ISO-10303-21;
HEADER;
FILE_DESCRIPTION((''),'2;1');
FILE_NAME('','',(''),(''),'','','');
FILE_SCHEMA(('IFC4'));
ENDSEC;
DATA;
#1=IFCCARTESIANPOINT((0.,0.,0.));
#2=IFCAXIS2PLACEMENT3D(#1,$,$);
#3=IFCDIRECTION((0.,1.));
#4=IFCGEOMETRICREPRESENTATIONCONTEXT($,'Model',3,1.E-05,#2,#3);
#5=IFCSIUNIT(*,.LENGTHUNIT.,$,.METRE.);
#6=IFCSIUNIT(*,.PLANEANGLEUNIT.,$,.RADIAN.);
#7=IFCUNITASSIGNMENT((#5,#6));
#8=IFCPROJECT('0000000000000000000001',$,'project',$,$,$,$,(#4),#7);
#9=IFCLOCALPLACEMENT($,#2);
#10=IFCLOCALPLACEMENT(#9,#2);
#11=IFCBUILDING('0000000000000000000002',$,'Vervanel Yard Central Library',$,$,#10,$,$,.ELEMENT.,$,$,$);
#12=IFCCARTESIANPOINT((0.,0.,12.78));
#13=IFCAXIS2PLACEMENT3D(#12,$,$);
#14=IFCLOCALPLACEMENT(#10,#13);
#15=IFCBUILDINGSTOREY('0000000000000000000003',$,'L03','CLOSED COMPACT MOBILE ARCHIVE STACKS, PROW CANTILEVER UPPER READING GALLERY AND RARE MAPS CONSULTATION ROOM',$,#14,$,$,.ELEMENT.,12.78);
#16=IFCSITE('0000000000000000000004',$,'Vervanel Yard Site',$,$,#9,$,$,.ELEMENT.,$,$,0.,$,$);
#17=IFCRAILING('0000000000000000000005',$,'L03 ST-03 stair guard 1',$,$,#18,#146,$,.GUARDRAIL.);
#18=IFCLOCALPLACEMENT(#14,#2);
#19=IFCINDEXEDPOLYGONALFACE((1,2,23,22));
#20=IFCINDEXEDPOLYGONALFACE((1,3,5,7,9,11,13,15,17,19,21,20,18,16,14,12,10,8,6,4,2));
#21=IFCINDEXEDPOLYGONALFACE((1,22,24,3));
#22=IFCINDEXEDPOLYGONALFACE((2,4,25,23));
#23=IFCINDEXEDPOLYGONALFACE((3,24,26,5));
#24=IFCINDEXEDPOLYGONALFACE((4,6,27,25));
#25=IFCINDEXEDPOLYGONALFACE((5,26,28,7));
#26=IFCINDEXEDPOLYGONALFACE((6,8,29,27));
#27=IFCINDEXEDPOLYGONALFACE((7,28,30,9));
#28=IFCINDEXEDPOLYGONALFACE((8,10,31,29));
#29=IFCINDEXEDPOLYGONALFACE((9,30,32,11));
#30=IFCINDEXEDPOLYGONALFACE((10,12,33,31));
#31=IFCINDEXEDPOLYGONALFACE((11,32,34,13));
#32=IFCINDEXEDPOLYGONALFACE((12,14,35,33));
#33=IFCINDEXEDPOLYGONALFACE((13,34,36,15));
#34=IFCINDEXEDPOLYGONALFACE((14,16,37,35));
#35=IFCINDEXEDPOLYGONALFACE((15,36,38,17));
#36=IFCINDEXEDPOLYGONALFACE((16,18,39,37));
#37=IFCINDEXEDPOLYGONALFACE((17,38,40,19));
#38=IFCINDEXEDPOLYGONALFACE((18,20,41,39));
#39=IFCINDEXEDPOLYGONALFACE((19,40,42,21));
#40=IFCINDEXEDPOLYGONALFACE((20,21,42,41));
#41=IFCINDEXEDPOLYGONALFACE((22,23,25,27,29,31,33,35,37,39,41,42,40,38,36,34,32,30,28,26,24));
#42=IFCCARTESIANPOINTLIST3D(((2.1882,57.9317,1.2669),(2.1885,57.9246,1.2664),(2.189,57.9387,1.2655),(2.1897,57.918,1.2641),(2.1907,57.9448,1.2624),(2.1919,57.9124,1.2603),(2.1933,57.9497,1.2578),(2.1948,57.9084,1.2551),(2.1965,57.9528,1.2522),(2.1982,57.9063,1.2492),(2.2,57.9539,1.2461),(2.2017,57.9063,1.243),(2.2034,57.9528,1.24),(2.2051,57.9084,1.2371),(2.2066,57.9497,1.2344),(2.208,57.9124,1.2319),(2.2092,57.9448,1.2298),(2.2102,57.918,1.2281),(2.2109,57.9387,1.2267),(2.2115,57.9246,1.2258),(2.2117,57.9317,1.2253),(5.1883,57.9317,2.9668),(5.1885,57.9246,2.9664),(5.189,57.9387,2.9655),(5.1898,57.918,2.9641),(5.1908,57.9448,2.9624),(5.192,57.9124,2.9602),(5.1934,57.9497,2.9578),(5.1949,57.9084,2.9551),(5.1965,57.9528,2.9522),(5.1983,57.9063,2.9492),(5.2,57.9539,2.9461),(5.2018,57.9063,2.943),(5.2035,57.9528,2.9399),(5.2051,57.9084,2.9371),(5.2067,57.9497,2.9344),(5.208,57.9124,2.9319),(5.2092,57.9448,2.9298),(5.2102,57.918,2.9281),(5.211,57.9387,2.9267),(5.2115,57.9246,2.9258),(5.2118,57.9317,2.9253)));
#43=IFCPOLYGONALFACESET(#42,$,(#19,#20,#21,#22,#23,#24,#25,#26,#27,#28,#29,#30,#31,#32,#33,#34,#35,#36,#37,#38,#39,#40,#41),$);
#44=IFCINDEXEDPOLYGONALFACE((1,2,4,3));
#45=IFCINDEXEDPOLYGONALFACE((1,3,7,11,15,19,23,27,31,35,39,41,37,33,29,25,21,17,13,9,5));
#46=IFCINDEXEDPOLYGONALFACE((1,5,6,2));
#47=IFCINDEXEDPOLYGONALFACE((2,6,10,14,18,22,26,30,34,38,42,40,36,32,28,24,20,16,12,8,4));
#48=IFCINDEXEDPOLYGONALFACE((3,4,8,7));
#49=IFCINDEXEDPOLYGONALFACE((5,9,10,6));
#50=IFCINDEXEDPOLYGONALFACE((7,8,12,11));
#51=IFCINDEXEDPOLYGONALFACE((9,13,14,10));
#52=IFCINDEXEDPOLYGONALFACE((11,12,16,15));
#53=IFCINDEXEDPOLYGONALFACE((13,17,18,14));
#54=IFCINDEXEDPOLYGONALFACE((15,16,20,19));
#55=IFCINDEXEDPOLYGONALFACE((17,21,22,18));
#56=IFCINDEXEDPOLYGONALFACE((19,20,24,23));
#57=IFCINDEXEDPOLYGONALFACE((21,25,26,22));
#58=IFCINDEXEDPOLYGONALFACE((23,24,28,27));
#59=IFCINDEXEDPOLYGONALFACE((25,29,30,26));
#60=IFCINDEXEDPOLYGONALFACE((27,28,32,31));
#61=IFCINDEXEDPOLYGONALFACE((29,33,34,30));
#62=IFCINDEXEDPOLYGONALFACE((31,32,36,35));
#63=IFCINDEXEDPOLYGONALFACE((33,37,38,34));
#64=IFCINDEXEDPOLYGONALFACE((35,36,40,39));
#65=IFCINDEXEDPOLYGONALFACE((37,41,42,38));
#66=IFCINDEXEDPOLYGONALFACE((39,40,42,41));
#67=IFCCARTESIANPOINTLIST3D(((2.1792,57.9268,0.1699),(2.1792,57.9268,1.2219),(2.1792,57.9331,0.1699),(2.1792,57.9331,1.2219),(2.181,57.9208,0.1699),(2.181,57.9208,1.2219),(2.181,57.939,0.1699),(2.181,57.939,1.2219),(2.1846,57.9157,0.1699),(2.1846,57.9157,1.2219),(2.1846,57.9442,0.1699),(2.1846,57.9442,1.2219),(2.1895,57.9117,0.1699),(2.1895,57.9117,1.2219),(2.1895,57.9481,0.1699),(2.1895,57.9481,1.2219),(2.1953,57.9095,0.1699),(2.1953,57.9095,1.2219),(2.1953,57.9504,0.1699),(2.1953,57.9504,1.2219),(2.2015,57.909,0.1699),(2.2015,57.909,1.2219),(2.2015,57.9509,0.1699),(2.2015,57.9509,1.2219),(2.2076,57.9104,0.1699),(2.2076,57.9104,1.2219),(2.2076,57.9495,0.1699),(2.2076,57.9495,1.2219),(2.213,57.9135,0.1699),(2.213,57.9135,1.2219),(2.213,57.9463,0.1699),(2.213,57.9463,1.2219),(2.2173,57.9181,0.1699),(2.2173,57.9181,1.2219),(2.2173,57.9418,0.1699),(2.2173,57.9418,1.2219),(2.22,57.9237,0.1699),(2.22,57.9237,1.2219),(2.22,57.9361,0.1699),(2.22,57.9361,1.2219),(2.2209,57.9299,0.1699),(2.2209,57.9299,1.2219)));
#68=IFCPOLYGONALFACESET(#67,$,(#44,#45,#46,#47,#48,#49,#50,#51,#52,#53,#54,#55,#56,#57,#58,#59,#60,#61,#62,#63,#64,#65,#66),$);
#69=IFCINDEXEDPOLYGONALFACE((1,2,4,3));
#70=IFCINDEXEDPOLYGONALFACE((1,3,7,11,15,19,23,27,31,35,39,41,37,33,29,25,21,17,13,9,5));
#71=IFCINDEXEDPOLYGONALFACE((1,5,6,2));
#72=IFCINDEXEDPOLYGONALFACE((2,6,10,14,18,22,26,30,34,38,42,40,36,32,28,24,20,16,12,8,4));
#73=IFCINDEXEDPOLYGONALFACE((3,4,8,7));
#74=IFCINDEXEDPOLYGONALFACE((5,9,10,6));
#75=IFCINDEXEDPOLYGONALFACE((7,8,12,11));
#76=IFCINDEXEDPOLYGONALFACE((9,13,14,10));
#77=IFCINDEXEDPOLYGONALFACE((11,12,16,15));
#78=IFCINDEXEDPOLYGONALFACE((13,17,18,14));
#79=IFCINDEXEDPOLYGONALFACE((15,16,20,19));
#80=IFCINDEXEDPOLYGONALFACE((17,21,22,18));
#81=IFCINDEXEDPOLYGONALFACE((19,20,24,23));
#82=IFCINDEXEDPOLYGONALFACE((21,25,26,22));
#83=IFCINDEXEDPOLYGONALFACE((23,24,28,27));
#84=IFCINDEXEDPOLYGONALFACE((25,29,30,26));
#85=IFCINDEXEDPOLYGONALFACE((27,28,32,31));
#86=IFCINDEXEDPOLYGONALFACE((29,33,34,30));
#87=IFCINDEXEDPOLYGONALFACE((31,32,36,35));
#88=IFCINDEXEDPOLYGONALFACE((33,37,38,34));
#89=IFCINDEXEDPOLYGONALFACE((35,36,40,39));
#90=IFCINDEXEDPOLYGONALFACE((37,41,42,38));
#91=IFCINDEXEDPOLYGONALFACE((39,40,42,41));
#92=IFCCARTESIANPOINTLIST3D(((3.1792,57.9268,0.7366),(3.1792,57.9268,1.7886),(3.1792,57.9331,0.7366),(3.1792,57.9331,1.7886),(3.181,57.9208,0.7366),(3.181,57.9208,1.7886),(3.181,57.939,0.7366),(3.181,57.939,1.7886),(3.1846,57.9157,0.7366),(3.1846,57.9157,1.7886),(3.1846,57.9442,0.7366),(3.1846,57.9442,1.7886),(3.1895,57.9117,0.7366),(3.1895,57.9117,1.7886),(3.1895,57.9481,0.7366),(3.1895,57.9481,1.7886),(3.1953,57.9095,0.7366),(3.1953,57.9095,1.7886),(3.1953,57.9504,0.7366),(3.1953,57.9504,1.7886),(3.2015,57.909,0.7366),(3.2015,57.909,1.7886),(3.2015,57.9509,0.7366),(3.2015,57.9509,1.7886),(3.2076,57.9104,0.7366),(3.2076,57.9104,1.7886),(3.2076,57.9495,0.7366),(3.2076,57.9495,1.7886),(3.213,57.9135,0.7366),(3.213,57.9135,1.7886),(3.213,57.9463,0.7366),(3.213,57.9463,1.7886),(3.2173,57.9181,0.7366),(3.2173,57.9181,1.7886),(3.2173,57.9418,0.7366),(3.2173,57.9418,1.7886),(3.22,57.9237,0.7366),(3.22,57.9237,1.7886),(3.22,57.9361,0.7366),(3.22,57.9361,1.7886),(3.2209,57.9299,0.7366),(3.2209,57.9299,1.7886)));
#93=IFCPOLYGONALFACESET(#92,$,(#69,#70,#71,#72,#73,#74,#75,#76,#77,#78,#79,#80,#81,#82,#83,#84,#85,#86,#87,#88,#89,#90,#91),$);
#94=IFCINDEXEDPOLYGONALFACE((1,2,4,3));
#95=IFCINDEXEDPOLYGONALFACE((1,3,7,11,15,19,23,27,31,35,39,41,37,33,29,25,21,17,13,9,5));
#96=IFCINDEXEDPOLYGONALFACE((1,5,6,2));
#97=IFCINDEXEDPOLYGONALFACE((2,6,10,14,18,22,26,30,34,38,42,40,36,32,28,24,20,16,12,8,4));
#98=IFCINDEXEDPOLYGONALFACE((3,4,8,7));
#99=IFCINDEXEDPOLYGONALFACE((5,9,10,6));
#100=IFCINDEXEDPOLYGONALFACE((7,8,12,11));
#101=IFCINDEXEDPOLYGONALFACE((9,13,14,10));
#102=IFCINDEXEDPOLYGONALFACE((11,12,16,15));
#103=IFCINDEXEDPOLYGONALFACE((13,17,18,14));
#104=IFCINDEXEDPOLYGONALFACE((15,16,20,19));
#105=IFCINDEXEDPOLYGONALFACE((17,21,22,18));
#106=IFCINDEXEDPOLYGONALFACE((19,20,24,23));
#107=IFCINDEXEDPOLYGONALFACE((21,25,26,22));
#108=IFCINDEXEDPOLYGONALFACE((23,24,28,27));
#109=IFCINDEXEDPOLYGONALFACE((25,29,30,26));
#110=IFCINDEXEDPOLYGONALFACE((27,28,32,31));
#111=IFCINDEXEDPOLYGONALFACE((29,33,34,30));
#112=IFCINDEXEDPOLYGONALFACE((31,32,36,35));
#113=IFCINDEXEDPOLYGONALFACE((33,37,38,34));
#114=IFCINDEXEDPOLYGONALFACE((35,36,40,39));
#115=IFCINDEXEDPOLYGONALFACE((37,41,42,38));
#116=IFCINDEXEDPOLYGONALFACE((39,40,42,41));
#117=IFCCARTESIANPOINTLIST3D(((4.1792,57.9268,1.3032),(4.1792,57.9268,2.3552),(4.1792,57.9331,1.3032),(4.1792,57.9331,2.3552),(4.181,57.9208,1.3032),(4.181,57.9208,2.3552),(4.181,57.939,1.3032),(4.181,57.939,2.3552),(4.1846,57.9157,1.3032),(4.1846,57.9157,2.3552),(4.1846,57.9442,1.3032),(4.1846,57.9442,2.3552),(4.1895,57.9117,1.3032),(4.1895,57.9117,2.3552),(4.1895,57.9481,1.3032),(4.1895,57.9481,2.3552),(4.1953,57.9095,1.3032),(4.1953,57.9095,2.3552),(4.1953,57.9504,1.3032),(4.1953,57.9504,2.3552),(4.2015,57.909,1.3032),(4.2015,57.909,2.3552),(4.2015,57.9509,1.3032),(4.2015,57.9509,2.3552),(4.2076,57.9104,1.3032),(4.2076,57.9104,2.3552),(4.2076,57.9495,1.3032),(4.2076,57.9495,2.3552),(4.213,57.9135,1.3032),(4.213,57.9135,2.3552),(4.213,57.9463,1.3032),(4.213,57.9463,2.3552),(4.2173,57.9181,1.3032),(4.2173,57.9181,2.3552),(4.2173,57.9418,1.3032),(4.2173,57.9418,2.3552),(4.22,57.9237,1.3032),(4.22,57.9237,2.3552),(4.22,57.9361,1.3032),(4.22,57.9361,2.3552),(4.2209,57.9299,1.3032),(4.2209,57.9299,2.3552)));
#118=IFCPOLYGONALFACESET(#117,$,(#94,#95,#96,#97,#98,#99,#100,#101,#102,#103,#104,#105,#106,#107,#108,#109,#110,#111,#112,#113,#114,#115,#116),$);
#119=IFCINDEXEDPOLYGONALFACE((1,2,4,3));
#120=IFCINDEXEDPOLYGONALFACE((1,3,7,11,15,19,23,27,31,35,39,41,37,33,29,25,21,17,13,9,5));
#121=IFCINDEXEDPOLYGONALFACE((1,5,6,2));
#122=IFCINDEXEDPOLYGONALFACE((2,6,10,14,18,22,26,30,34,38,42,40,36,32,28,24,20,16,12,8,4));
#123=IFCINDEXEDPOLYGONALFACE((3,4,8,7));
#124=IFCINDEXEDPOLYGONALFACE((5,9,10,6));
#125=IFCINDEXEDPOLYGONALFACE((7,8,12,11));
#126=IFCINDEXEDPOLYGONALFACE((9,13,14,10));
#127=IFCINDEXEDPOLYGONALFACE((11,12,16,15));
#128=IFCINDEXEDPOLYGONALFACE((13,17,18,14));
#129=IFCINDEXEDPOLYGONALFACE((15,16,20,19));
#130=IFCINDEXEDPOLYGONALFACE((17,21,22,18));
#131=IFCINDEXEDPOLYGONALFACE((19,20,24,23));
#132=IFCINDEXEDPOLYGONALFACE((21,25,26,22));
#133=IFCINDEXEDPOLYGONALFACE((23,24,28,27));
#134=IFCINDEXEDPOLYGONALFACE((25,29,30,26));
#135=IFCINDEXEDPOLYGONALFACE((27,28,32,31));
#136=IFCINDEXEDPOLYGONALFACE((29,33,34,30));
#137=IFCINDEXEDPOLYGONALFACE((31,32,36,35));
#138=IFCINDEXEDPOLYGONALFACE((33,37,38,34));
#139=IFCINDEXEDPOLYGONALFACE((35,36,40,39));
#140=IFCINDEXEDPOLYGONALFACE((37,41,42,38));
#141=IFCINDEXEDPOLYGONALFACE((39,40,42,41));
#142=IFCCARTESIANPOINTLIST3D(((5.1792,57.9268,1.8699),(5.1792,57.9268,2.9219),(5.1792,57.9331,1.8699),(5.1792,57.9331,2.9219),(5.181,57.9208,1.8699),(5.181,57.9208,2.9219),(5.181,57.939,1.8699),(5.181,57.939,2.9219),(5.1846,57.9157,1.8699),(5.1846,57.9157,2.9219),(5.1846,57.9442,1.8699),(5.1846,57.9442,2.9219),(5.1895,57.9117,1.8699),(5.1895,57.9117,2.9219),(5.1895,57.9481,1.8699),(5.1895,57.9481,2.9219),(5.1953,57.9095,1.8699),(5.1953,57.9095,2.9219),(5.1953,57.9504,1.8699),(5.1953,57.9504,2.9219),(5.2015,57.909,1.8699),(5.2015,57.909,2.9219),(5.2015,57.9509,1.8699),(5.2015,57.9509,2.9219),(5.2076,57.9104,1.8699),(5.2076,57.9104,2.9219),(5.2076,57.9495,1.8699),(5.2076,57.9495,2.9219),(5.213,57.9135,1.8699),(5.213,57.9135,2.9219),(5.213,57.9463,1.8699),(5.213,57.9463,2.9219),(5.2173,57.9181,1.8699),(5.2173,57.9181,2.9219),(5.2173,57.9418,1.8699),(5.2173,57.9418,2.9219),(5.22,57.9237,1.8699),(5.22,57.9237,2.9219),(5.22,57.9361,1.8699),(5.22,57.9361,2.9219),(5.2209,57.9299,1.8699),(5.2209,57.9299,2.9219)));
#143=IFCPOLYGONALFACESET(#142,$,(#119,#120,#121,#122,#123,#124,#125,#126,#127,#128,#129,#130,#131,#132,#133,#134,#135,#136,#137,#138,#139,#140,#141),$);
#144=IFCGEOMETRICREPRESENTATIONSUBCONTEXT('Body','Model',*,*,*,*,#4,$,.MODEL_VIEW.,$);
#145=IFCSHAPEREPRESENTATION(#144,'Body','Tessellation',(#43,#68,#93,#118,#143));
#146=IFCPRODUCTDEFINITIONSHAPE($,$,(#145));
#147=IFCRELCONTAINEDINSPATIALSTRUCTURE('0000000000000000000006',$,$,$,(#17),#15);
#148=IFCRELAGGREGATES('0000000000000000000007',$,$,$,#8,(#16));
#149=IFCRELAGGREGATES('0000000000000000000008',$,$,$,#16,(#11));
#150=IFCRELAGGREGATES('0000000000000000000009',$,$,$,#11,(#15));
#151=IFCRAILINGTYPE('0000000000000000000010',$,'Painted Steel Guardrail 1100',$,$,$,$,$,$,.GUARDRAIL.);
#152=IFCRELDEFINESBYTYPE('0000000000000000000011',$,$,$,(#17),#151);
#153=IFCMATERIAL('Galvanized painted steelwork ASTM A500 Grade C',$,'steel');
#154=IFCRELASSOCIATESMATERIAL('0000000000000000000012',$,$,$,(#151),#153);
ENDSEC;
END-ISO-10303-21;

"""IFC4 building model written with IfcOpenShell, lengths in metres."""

from ifc_helpers import new_model, si_unit, direction, frame, origin, origin_2d, place, context, subcontext, project, spatial, circle, extrude, material, type_object, element, save


model = new_model("IFC4")

# Units and contexts
model_context = context("Model", 3, precision=1e-05, world=origin(), true_north=direction((0.0, 1.0)))
body_context = subcontext(model_context, "Body", "Model", "MODEL_VIEW")
ifc_project = project(units=[si_unit("LENGTHUNIT", "METRE"), si_unit("PLANEANGLEUNIT", "RADIAN")], contexts=[model_context])

# Site, building, storey
site_placement = place(None, origin())
site = spatial("IfcSite", under=ifc_project, at=site_placement, Name="Vervanel Yard Site", CompositionType="ELEMENT", RefElevation=0.0)
building_placement = place(site_placement, origin())
building = spatial("IfcBuilding", under=site, at=building_placement, Name="Vervanel Yard Central Library", CompositionType="ELEMENT")
storey_placement = place(building_placement, frame((0.0, 0.0, 12.78)))
storey = spatial("IfcBuildingStorey", under=building, at=storey_placement, Name="L03", Description="CLOSED COMPACT MOBILE ARCHIVE STACKS, PROW CANTILEVER UPPER READING GALLERY AND RARE MAPS CONSULTATION ROOM", CompositionType="ELEMENT", Elevation=12.78)

# Shared definitions
ifc_material_1 = material(Name="Galvanized painted steelwork ASTM A500 Grade C", Category="steel")

# Railing
railing_type_1 = type_object("IfcRailingType", Name="Painted Steel Guardrail 1100", PredefinedType="GUARDRAIL", material=ifc_material_1)
railing_1_placement = place(storey_placement, frame((2.2, 57.9299, 0.1699)))
element("IfcRailing", 1, at=railing_1_placement, inside=storey, type_object=railing_type_1, Name="L03 ST-03 stair guard 1", PredefinedType="GUARDRAIL", context=body_context, shape_type="SweptSolid", body=[
    extrude(circle(Radius=0.0239, at=origin_2d()), frame((0.0, 0.0, 1.0762), z_axis=(0.870028, 0.0, 0.493002), x_axis=(0.0, 1.0, 0.0)), (0.0, 0.0, 1.0), 3.4482),
    extrude(circle(Radius=0.021, at=origin_2d()), origin(), (0.0, 0.0, 1.0), 1.052),
    extrude(circle(Radius=0.021, at=origin_2d()), frame((1.0, 0.0, 0.5667)), (0.0, 0.0, 1.0), 1.052),
    extrude(circle(Radius=0.021, at=origin_2d()), frame((2.0, 0.0, 1.1333)), (0.0, 0.0, 1.0), 1.052),
    extrude(circle(Radius=0.021, at=origin_2d()), frame((3.0, 0.0, 1.7)), (0.0, 0.0, 1.0), 1.052),
])

save(model, "model.ifc")
